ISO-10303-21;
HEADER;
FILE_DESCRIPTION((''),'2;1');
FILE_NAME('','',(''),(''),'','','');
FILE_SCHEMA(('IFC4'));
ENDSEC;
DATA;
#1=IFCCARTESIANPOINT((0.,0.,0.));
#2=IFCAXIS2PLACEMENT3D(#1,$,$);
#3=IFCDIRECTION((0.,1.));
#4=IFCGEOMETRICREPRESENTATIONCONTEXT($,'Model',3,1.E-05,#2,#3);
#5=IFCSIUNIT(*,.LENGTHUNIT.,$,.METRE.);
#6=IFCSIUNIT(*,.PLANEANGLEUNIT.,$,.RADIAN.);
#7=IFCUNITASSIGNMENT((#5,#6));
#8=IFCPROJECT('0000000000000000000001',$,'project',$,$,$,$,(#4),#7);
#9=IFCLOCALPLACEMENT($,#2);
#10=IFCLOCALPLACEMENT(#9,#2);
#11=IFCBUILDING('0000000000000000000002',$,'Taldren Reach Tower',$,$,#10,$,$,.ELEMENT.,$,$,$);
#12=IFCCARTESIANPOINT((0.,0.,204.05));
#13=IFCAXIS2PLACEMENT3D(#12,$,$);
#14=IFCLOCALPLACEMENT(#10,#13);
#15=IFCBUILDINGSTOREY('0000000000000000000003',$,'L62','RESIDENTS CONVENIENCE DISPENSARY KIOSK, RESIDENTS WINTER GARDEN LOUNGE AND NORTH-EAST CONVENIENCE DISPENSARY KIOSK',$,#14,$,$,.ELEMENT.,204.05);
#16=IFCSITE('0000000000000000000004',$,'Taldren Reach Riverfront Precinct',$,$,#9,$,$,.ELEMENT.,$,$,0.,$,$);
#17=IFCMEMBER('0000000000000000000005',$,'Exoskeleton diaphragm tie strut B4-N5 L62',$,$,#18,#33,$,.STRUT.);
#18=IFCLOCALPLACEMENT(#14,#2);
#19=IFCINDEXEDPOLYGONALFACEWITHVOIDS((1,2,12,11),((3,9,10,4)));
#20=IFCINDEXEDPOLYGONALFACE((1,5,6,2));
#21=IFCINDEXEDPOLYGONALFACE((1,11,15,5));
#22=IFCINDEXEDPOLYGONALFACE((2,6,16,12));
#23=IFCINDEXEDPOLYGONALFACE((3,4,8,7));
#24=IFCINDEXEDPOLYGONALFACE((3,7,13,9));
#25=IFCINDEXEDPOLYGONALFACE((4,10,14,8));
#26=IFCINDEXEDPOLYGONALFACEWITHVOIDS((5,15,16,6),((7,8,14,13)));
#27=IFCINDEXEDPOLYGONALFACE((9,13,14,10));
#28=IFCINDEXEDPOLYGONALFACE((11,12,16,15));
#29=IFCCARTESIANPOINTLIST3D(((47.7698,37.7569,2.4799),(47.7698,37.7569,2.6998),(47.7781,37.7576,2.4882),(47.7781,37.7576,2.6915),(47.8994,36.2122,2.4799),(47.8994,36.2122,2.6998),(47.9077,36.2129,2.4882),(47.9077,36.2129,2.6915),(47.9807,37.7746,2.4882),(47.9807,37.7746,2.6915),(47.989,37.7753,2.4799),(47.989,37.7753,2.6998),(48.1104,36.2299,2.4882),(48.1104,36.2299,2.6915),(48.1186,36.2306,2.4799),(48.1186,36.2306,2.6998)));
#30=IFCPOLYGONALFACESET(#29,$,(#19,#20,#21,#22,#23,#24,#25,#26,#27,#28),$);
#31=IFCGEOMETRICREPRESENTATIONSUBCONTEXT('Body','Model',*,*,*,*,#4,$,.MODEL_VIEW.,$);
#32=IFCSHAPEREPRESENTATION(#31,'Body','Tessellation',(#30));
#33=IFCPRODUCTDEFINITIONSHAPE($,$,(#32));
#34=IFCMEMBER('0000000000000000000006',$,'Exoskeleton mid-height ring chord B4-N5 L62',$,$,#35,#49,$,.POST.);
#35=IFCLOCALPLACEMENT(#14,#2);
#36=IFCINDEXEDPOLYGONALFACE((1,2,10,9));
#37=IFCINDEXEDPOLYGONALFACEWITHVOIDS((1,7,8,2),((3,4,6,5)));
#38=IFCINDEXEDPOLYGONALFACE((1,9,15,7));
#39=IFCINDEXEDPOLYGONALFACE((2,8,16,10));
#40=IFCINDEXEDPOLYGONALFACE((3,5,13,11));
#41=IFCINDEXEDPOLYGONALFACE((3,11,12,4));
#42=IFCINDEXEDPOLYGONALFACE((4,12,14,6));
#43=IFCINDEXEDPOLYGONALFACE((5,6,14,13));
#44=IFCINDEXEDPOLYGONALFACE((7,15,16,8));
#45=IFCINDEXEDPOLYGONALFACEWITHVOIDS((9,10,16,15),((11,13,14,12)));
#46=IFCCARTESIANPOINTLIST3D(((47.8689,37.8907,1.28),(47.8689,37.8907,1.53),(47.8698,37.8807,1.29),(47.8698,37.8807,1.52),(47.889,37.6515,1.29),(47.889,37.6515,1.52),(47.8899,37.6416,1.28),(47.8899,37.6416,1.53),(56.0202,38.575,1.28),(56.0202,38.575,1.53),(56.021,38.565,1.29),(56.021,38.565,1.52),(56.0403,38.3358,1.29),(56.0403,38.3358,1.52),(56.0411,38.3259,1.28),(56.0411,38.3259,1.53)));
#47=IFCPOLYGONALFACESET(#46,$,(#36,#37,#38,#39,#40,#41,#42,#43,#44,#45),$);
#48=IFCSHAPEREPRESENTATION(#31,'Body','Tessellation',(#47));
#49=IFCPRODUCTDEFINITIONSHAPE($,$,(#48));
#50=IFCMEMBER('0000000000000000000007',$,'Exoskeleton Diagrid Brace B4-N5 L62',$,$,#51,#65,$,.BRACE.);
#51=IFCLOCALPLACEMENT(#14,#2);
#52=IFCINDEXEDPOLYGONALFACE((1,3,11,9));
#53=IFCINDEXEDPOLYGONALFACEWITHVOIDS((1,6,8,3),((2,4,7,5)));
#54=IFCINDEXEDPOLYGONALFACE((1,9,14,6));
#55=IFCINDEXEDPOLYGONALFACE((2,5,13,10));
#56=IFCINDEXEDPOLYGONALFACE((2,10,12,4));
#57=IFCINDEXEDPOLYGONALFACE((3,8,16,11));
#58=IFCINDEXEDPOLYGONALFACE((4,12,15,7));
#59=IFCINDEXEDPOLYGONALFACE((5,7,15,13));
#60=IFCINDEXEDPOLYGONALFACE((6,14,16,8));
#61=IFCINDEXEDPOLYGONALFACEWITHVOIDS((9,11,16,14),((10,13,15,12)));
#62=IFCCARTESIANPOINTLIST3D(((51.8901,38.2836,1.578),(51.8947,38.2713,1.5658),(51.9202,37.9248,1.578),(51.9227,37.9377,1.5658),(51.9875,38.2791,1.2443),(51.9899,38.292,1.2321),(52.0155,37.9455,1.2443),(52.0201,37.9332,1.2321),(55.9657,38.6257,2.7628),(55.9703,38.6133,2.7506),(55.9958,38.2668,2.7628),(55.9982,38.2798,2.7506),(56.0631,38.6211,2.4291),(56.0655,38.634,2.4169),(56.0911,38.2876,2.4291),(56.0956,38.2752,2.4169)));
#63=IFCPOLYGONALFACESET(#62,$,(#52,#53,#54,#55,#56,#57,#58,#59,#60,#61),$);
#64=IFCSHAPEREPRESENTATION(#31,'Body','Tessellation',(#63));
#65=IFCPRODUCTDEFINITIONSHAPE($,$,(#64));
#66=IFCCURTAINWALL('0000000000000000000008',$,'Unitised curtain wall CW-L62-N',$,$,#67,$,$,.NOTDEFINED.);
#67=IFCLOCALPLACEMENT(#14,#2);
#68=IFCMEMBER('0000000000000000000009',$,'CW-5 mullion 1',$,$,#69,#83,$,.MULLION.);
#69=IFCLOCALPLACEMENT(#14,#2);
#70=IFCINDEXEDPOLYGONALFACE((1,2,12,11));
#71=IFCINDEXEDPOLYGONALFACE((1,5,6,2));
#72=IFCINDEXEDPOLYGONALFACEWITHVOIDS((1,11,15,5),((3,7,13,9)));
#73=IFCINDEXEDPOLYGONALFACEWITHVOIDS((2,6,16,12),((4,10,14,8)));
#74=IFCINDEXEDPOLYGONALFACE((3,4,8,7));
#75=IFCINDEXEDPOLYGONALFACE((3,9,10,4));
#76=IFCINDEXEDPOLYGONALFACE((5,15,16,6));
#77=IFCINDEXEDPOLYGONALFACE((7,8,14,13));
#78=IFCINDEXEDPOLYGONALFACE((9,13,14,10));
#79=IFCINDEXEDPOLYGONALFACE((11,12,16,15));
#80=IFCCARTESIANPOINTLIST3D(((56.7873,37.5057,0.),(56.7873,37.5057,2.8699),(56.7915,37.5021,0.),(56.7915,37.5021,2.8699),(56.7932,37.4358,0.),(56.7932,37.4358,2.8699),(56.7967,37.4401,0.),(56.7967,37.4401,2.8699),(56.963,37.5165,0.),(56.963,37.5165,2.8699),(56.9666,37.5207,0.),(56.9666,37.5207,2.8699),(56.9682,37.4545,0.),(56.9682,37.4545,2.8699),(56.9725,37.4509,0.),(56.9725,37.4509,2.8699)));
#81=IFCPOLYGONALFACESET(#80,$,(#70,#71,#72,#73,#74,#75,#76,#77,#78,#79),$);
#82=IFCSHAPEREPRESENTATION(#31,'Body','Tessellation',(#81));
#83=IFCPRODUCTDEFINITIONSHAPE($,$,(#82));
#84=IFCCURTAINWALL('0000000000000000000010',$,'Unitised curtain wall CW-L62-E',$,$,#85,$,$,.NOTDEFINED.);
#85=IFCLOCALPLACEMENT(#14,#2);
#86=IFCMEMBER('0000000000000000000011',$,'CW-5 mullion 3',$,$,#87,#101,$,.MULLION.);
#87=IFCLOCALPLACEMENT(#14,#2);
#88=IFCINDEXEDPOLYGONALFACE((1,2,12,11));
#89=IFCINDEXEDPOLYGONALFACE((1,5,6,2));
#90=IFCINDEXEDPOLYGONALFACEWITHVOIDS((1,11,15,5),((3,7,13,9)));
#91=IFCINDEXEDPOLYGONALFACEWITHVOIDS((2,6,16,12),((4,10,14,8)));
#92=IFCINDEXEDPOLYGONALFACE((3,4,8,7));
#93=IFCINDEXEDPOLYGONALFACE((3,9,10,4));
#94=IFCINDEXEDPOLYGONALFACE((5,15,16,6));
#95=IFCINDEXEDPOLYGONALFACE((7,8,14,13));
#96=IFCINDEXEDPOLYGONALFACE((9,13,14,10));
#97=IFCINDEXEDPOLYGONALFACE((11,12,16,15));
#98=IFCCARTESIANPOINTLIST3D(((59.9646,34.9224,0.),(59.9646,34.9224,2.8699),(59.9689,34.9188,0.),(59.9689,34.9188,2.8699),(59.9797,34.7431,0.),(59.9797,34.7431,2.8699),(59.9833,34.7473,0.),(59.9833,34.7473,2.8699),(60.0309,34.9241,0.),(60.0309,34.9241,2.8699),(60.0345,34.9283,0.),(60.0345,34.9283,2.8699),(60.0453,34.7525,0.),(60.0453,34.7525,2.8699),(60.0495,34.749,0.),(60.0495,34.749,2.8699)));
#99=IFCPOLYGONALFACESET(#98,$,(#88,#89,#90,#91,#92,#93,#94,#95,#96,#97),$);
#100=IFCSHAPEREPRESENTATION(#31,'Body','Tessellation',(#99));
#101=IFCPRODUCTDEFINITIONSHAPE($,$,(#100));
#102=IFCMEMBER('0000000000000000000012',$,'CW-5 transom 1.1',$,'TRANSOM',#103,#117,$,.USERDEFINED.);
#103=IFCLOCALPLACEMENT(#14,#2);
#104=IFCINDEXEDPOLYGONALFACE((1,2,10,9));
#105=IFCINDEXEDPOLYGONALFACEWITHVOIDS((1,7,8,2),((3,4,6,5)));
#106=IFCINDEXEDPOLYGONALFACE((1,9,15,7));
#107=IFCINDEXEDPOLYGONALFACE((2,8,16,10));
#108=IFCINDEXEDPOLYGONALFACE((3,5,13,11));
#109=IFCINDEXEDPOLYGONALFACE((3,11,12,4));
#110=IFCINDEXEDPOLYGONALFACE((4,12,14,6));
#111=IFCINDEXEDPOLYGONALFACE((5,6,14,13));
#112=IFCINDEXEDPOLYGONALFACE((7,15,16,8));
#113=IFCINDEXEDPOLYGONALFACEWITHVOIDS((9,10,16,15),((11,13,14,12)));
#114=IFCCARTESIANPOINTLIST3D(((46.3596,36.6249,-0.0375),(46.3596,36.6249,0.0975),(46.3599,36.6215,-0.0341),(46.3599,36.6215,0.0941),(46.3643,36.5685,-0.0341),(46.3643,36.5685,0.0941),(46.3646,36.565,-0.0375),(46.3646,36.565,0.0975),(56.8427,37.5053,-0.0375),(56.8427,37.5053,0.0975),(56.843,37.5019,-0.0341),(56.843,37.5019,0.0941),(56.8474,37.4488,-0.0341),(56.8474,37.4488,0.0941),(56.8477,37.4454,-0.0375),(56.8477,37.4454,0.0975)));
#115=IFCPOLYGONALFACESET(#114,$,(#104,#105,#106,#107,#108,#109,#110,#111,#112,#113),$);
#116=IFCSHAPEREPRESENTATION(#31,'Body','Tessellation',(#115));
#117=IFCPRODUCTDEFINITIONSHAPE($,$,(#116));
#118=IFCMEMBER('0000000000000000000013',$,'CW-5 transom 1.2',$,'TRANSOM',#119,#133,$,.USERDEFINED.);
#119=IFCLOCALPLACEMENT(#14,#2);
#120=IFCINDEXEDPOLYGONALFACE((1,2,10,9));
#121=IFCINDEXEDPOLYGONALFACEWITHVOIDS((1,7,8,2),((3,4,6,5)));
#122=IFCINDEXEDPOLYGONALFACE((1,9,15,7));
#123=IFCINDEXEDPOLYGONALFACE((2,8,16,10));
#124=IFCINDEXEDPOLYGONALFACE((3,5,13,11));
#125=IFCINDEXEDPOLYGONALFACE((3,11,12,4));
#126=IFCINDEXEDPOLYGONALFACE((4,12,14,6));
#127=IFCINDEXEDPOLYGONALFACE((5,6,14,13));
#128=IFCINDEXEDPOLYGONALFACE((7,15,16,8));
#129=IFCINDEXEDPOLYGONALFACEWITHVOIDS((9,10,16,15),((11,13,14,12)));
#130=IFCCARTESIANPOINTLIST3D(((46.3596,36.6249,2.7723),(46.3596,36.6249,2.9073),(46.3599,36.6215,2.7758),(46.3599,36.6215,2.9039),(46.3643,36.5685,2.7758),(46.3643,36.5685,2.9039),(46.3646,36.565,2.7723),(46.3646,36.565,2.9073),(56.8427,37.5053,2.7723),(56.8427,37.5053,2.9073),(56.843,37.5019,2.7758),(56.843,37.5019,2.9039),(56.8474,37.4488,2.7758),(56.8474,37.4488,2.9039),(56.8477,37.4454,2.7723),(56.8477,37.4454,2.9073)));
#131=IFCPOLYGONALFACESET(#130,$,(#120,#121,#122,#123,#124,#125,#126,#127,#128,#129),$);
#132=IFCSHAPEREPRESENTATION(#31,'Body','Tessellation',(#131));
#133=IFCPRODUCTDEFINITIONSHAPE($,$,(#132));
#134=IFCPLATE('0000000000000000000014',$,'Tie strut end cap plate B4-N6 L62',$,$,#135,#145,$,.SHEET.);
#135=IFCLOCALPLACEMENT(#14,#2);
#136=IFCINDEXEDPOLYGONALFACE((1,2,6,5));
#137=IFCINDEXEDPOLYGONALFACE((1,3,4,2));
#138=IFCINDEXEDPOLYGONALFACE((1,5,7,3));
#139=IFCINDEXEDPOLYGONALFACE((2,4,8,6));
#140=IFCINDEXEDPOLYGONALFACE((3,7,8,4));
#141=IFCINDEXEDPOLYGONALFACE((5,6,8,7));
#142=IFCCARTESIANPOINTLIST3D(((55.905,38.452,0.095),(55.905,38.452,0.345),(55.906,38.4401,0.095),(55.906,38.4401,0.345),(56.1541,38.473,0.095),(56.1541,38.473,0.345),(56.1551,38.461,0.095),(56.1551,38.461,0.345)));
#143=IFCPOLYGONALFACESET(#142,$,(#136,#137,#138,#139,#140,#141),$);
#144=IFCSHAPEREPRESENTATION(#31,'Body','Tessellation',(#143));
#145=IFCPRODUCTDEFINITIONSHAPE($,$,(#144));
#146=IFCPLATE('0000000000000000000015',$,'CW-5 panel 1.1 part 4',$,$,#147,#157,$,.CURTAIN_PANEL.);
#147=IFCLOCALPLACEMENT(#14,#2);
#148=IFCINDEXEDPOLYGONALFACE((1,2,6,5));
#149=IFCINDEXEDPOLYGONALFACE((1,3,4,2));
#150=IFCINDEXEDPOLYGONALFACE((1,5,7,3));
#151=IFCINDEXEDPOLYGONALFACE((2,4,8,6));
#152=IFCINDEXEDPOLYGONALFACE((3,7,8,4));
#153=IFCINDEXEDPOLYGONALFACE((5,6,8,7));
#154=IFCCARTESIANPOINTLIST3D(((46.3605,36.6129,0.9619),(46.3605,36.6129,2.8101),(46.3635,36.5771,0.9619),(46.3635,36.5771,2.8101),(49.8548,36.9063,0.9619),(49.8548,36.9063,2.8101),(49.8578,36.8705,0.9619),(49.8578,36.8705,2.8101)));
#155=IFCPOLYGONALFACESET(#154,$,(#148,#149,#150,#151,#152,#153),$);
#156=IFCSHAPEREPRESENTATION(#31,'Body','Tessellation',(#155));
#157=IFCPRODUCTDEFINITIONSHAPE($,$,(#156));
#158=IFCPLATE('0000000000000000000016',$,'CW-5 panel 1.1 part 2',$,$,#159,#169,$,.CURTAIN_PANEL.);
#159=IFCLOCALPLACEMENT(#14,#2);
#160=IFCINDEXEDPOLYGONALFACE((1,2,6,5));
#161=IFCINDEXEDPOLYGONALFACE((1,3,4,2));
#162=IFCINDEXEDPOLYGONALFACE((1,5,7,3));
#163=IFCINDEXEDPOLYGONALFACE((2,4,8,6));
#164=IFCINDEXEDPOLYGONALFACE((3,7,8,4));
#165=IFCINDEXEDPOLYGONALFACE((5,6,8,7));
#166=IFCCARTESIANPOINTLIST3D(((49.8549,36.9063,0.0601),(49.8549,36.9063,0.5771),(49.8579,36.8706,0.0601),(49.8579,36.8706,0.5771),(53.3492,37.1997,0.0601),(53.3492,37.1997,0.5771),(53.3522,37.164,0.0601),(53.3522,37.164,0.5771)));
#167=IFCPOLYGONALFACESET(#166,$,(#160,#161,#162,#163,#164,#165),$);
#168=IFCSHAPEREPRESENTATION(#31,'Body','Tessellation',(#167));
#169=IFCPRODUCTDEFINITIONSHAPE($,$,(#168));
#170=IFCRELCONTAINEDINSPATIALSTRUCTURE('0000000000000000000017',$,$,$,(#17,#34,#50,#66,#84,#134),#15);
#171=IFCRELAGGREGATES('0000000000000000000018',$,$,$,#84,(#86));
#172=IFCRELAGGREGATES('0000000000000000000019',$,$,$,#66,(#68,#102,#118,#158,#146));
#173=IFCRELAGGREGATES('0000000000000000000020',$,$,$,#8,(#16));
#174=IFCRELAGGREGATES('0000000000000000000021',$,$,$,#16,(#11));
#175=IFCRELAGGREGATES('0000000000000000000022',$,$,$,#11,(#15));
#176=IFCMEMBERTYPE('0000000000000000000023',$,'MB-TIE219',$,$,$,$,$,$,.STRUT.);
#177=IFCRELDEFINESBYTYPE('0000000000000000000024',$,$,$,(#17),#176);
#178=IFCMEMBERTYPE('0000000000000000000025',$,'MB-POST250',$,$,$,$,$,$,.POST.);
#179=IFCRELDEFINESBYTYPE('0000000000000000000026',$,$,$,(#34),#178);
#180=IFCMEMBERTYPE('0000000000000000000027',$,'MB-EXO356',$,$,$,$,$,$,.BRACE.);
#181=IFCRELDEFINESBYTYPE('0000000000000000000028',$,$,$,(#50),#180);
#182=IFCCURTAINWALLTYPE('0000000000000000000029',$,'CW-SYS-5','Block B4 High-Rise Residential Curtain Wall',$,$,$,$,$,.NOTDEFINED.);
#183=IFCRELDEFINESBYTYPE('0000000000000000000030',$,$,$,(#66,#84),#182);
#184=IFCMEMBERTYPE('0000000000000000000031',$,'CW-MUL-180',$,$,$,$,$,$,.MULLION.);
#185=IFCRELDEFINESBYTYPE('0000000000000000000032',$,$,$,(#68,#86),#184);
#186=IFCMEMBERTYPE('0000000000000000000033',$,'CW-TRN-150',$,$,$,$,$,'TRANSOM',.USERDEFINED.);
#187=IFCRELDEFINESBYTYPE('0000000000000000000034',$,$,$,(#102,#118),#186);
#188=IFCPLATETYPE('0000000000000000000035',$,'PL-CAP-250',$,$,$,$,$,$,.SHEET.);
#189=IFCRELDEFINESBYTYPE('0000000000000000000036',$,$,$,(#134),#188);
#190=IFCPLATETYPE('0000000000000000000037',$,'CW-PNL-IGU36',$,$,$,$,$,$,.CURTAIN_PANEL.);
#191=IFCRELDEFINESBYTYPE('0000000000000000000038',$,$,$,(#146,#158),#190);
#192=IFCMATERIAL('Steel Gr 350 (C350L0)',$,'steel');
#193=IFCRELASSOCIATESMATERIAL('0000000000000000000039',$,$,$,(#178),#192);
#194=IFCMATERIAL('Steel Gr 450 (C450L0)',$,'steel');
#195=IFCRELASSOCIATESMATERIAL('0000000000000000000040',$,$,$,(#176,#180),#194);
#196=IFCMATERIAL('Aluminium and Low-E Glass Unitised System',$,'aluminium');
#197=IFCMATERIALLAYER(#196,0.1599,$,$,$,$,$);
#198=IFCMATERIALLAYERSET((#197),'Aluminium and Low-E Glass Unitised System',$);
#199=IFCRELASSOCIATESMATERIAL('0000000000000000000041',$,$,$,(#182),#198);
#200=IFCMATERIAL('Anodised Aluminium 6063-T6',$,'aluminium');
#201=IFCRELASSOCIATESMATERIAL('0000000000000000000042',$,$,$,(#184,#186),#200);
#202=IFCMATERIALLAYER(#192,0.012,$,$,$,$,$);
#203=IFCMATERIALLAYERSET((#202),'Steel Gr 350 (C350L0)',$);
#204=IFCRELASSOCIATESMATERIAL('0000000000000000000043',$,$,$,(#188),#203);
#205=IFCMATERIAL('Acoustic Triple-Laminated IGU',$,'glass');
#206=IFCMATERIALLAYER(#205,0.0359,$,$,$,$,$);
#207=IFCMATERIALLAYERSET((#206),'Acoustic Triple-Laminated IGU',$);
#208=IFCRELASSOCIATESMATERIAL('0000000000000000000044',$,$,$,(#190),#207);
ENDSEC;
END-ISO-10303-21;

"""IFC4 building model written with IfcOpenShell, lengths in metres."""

from ifc_helpers import new_model, si_unit, direction, frame, origin, origin_2d, place, context, subcontext, project, spatial, rectangle, hollow_rectangle, extrude, source, transform, mapped, material, layer, layer_set, material_profile, profile_set, type_object, element, aggregate, save


model = new_model("IFC4")

# Units and contexts
model_context = context("Model", 3, precision=1e-05, world=origin(), true_north=direction((0.0, 1.0)))
body_context = subcontext(model_context, "Body", "Model", "MODEL_VIEW")
ifc_project = project(units=[si_unit("LENGTHUNIT", "METRE"), si_unit("PLANEANGLEUNIT", "RADIAN")], contexts=[model_context])

# Site, building, storey
site_placement = place(None, origin())
site = spatial("IfcSite", under=ifc_project, at=site_placement, Name="Taldren Reach Riverfront Precinct", CompositionType="ELEMENT", RefElevation=0.0)
building_placement = place(site_placement, origin())
building = spatial("IfcBuilding", under=site, at=building_placement, Name="Taldren Reach Tower", CompositionType="ELEMENT")
storey_placement = place(building_placement, frame((0.0, 0.0, 204.05)))
storey = spatial("IfcBuildingStorey", under=building, at=storey_placement, Name="L62", Description="RESIDENTS CONVENIENCE DISPENSARY KIOSK, RESIDENTS WINTER GARDEN LOUNGE AND NORTH-EAST CONVENIENCE DISPENSARY KIOSK", CompositionType="ELEMENT", Elevation=204.05)

# Shared definitions
ifc_material_1 = material(Name="Steel Gr 350 (C350L0)", Category="steel")

# Shared definitions
ifc_material_profile_1 = material_profile(ifc_material_1, hollow_rectangle(XDim=0.25, YDim=0.25, WallThickness=0.01, at=origin_2d()), Name="250x250x10.0SHS")
ifc_profile_set_1 = profile_set([ifc_material_profile_1], Name="Steel Gr 350 (C350L0)")
member_type_1 = type_object("IfcMemberType", Name="MB-POST250", PredefinedType="POST", material=ifc_profile_set_1)

# Members
ifc_material_2 = material(Name="Steel Gr 450 (C450L0)", Category="steel")
ifc_material_profile_2 = material_profile(ifc_material_2, hollow_rectangle(XDim=0.22, YDim=0.22, WallThickness=0.0083, at=origin_2d()), Name="220x220x8.2SHS")
ifc_profile_set_2 = profile_set([ifc_material_profile_2], Name="Steel Gr 450 (C450L0)")
member_type_2 = type_object("IfcMemberType", Name="MB-TIE219", PredefinedType="STRUT", material=ifc_profile_set_2)
shared_shape_1 = source(origin(), body_context, "Body", "SweptSolid", [
    extrude(hollow_rectangle(XDim=0.22, YDim=0.22, WallThickness=0.0083, at=origin_2d()), origin(), (0.0, 0.0, 1.0), 1.55),
])
member_1_placement = place(storey_placement, frame((48.009, 36.2214, 2.5898), z_axis=(-0.083632, 0.996497, 0.0), x_axis=(-0.996497, -0.083632, 0.0)))
element("IfcMember", 1, at=member_1_placement, inside=storey, type_object=member_type_2, Name="Exoskeleton diaphragm tie strut B4-N5 L62", PredefinedType="STRUT", context=body_context, shape_type="MappedRepresentation", body=[
    mapped(shared_shape_1, transform((0.0, 0.0, 0.0), scale=1.0)),
])
shared_shape_2 = source(origin(), body_context, "Body", "SweptSolid", [
    extrude(hollow_rectangle(XDim=0.25, YDim=0.25, WallThickness=0.01, at=origin_2d()), origin(), (0.0, 0.0, 1.0), 8.1799),
])
member_2_placement = place(storey_placement, frame((47.8794, 37.7661, 1.405), z_axis=(0.996495, 0.083658, 0.0), x_axis=(-0.083658, 0.996495, 0.0)))
element("IfcMember", 2, at=member_2_placement, inside=storey, type_object=member_type_1, Name="Exoskeleton mid-height ring chord B4-N5 L62", PredefinedType="POST", context=body_context, shape_type="MappedRepresentation", body=[
    mapped(shared_shape_2, transform((0.0, 0.0, 0.0), scale=1.0)),
])
ifc_material_profile_3 = material_profile(ifc_material_2, hollow_rectangle(XDim=0.3601, YDim=0.3601, WallThickness=0.0127, at=origin_2d()), Name="360x360x12.7SHS")
ifc_profile_set_3 = profile_set([ifc_material_profile_3], Name="Steel Gr 450 (C450L0)")
member_type_3 = type_object("IfcMemberType", Name="MB-EXO356", PredefinedType="BRACE", material=ifc_profile_set_3)
shared_shape_3 = source(origin(), body_context, "Body", "SweptSolid", [
    extrude(hollow_rectangle(XDim=0.3601, YDim=0.3601, WallThickness=0.0127, at=origin_2d()), origin(), (0.0, 0.0, 1.0), 4.2581),
])
member_3_placement = place(storey_placement, frame((51.9551, 38.1084, 1.405), z_axis=(0.957145, 0.080326, 0.278245), x_axis=(-0.083628, 0.996497, 0.0)))
element("IfcMember", 3, at=member_3_placement, inside=storey, type_object=member_type_3, Name="Exoskeleton Diagrid Brace B4-N5 L62", PredefinedType="BRACE", context=body_context, shape_type="MappedRepresentation", body=[
    mapped(shared_shape_3, transform((0.0, 0.0, 0.0), scale=1.0)),
])

# Curtain walls, members
ifc_material_3 = material(Name="Aluminium and Low-E Glass Unitised System", Category="aluminium")
ifc_layer_1 = layer(ifc_material_3, 0.1599)
ifc_layer_set_1 = layer_set([ifc_layer_1], Name="Aluminium and Low-E Glass Unitised System")
curtain_wall_type = type_object("IfcCurtainWallType", Name="CW-SYS-5", Description="Block B4 High-Rise Residential Curtain Wall", PredefinedType="NOTDEFINED", material=ifc_layer_set_1)
curtain_wall_1_placement = place(storey_placement, origin())
curtain_wall_1 = element("IfcCurtainWall", 4, at=curtain_wall_1_placement, inside=storey, type_object=curtain_wall_type, Name="Unitised curtain wall CW-L62-N", PredefinedType="NOTDEFINED")
ifc_material_4 = material(Name="Anodised Aluminium 6063-T6", Category="aluminium")
ifc_material_profile_4 = material_profile(ifc_material_4, hollow_rectangle(XDim=0.0701, YDim=0.1799, WallThickness=0.0039, at=origin_2d()), Name="ALU-180x70x4RHS")
ifc_profile_set_4 = profile_set([ifc_material_profile_4], Name="Anodised Aluminium 6063-T6")
member_type_4 = type_object("IfcMemberType", Name="CW-MUL-180", PredefinedType="MULLION", material=ifc_profile_set_4)
shared_shape_4 = source(origin(), body_context, "Body", "SweptSolid", [
    extrude(hollow_rectangle(XDim=0.0701, YDim=0.1799, WallThickness=0.0039, at=origin_2d()), origin(), (0.0, 0.0, 1.0), 2.8699),
])
member_4_placement = place(storey_placement, frame((56.8799, 37.4783, 0.0), z_axis=(0.0, 0.0, 1.0), x_axis=(0.083678, -0.996493, 0.0)))
member_4 = element("IfcMember", 5, at=member_4_placement, type_object=member_type_4, Name="CW-5 mullion 1", PredefinedType="MULLION", context=body_context, shape_type="MappedRepresentation", body=[
    mapped(shared_shape_4, transform((0.0, 0.0, 0.0), scale=1.0)),
])
curtain_wall_2_placement = place(storey_placement, origin())
curtain_wall_2 = element("IfcCurtainWall", 6, at=curtain_wall_2_placement, inside=storey, type_object=curtain_wall_type, Name="Unitised curtain wall CW-L62-E", PredefinedType="NOTDEFINED")
member_5_placement = place(storey_placement, frame((60.0071, 34.8357, 0.0), z_axis=(0.0, 0.0, 1.0), x_axis=(-0.996493, -0.083678, 0.0)))
member_5 = element("IfcMember", 7, at=member_5_placement, type_object=member_type_4, Name="CW-5 mullion 3", PredefinedType="MULLION", context=body_context, shape_type="MappedRepresentation", body=[
    mapped(shared_shape_4, transform((0.0, 0.0, 0.0), scale=1.0)),
])
aggregate(curtain_wall_2, [member_5])

# Members
ifc_material_profile_5 = material_profile(ifc_material_4, hollow_rectangle(XDim=0.0601, YDim=0.135, WallThickness=0.0034, at=origin_2d()), Name="ALU-135x60x3.5RHS")
ifc_profile_set_5 = profile_set([ifc_material_profile_5], Name="Anodised Aluminium 6063-T6")
member_type_5 = type_object("IfcMemberType", Name="CW-TRN-150", ElementType="TRANSOM", PredefinedType="USERDEFINED", material=ifc_profile_set_5)
shared_shape_5 = source(origin(), body_context, "Body", "SweptSolid", [
    extrude(hollow_rectangle(XDim=0.0601, YDim=0.135, WallThickness=0.0034, at=origin_2d()), origin(), (0.0, 0.0, 1.0), 10.52),
])
member_6_placement = place(storey_placement, frame((56.8452, 37.4753, 0.03), z_axis=(-0.996492, -0.083685, 0.0), x_axis=(0.083685, -0.996492, 0.0)))
member_6 = element("IfcMember", 8, at=member_6_placement, type_object=member_type_5, Name="CW-5 transom 1.1", ObjectType="TRANSOM", PredefinedType="USERDEFINED", context=body_context, shape_type="MappedRepresentation", body=[
    mapped(shared_shape_5, transform((0.0, 0.0, 0.0), scale=1.0)),
])
member_7_placement = place(storey_placement, frame((56.8452, 37.4753, 2.8398), z_axis=(-0.996492, -0.083685, 0.0), x_axis=(0.083685, -0.996492, 0.0)))
member_7 = element("IfcMember", 9, at=member_7_placement, type_object=member_type_5, Name="CW-5 transom 1.2", ObjectType="TRANSOM", PredefinedType="USERDEFINED", context=body_context, shape_type="MappedRepresentation", body=[
    mapped(shared_shape_5, transform((0.0, 0.0, 0.0), scale=1.0)),
])

# Plates
ifc_layer_2 = layer(ifc_material_1, 0.012)
ifc_layer_set_2 = layer_set([ifc_layer_2], Name="Steel Gr 350 (C350L0)")
plate_type_1 = type_object("IfcPlateType", Name="PL-CAP-250", PredefinedType="SHEET", material=ifc_layer_set_2)
shared_shape_6 = source(origin(), body_context, "Body", "SweptSolid", [
    extrude(rectangle(XDim=0.25, YDim=0.012, at=origin_2d()), origin(), (0.0, 0.0, 1.0), 0.25),
])
plate_1_placement = place(storey_placement, frame((56.03, 38.4565, 0.095), z_axis=(0.0, 0.0, 1.0), x_axis=(0.996493, 0.083678, 0.0)))
element("IfcPlate", 10, at=plate_1_placement, inside=storey, type_object=plate_type_1, Name="Tie strut end cap plate B4-N6 L62", PredefinedType="SHEET", context=body_context, shape_type="MappedRepresentation", body=[
    mapped(shared_shape_6, transform((0.0, 0.0, 0.0), scale=1.0)),
])
ifc_material_5 = material(Name="Acoustic Triple-Laminated IGU", Category="glass")
ifc_layer_3 = layer(ifc_material_5, 0.0359)
ifc_layer_set_3 = layer_set([ifc_layer_3], Name="Acoustic Triple-Laminated IGU")
plate_type_2 = type_object("IfcPlateType", Name="CW-PNL-IGU36", PredefinedType="CURTAIN_PANEL", material=ifc_layer_set_3)
shared_shape_7 = source(origin(), body_context, "Body", "SweptSolid", [
    extrude(rectangle(XDim=3.5066, YDim=0.0359, at=origin_2d()), origin(), (0.0, 0.0, 1.0), 1.8481),
])
plate_2_placement = place(storey_placement, frame((48.1091, 36.7417, 0.9619), z_axis=(0.0, 0.0, 1.0), x_axis=(-0.996493, -0.083678, 0.0)))
plate_2 = element("IfcPlate", 11, at=plate_2_placement, type_object=plate_type_2, Name="CW-5 panel 1.1 part 4", PredefinedType="CURTAIN_PANEL", context=body_context, shape_type="MappedRepresentation", body=[
    mapped(shared_shape_7, transform((0.0, 0.0, 0.0), scale=1.0)),
])
shared_shape_8 = source(origin(), body_context, "Body", "SweptSolid", [
    extrude(rectangle(XDim=3.5066, YDim=0.0359, at=origin_2d()), origin(), (0.0, 0.0, 1.0), 0.5171),
])
plate_3_placement = place(storey_placement, frame((51.6035, 37.0352, 0.0601), z_axis=(0.0, 0.0, 1.0), x_axis=(-0.996493, -0.083678, 0.0)))
plate_3 = element("IfcPlate", 12, at=plate_3_placement, type_object=plate_type_2, Name="CW-5 panel 1.1 part 2", PredefinedType="CURTAIN_PANEL", context=body_context, shape_type="MappedRepresentation", body=[
    mapped(shared_shape_8, transform((0.0, 0.0, 0.0), scale=1.0)),
])
aggregate(curtain_wall_1, [member_4, member_6, member_7, plate_3, plate_2])

save(model, "model.ifc")
